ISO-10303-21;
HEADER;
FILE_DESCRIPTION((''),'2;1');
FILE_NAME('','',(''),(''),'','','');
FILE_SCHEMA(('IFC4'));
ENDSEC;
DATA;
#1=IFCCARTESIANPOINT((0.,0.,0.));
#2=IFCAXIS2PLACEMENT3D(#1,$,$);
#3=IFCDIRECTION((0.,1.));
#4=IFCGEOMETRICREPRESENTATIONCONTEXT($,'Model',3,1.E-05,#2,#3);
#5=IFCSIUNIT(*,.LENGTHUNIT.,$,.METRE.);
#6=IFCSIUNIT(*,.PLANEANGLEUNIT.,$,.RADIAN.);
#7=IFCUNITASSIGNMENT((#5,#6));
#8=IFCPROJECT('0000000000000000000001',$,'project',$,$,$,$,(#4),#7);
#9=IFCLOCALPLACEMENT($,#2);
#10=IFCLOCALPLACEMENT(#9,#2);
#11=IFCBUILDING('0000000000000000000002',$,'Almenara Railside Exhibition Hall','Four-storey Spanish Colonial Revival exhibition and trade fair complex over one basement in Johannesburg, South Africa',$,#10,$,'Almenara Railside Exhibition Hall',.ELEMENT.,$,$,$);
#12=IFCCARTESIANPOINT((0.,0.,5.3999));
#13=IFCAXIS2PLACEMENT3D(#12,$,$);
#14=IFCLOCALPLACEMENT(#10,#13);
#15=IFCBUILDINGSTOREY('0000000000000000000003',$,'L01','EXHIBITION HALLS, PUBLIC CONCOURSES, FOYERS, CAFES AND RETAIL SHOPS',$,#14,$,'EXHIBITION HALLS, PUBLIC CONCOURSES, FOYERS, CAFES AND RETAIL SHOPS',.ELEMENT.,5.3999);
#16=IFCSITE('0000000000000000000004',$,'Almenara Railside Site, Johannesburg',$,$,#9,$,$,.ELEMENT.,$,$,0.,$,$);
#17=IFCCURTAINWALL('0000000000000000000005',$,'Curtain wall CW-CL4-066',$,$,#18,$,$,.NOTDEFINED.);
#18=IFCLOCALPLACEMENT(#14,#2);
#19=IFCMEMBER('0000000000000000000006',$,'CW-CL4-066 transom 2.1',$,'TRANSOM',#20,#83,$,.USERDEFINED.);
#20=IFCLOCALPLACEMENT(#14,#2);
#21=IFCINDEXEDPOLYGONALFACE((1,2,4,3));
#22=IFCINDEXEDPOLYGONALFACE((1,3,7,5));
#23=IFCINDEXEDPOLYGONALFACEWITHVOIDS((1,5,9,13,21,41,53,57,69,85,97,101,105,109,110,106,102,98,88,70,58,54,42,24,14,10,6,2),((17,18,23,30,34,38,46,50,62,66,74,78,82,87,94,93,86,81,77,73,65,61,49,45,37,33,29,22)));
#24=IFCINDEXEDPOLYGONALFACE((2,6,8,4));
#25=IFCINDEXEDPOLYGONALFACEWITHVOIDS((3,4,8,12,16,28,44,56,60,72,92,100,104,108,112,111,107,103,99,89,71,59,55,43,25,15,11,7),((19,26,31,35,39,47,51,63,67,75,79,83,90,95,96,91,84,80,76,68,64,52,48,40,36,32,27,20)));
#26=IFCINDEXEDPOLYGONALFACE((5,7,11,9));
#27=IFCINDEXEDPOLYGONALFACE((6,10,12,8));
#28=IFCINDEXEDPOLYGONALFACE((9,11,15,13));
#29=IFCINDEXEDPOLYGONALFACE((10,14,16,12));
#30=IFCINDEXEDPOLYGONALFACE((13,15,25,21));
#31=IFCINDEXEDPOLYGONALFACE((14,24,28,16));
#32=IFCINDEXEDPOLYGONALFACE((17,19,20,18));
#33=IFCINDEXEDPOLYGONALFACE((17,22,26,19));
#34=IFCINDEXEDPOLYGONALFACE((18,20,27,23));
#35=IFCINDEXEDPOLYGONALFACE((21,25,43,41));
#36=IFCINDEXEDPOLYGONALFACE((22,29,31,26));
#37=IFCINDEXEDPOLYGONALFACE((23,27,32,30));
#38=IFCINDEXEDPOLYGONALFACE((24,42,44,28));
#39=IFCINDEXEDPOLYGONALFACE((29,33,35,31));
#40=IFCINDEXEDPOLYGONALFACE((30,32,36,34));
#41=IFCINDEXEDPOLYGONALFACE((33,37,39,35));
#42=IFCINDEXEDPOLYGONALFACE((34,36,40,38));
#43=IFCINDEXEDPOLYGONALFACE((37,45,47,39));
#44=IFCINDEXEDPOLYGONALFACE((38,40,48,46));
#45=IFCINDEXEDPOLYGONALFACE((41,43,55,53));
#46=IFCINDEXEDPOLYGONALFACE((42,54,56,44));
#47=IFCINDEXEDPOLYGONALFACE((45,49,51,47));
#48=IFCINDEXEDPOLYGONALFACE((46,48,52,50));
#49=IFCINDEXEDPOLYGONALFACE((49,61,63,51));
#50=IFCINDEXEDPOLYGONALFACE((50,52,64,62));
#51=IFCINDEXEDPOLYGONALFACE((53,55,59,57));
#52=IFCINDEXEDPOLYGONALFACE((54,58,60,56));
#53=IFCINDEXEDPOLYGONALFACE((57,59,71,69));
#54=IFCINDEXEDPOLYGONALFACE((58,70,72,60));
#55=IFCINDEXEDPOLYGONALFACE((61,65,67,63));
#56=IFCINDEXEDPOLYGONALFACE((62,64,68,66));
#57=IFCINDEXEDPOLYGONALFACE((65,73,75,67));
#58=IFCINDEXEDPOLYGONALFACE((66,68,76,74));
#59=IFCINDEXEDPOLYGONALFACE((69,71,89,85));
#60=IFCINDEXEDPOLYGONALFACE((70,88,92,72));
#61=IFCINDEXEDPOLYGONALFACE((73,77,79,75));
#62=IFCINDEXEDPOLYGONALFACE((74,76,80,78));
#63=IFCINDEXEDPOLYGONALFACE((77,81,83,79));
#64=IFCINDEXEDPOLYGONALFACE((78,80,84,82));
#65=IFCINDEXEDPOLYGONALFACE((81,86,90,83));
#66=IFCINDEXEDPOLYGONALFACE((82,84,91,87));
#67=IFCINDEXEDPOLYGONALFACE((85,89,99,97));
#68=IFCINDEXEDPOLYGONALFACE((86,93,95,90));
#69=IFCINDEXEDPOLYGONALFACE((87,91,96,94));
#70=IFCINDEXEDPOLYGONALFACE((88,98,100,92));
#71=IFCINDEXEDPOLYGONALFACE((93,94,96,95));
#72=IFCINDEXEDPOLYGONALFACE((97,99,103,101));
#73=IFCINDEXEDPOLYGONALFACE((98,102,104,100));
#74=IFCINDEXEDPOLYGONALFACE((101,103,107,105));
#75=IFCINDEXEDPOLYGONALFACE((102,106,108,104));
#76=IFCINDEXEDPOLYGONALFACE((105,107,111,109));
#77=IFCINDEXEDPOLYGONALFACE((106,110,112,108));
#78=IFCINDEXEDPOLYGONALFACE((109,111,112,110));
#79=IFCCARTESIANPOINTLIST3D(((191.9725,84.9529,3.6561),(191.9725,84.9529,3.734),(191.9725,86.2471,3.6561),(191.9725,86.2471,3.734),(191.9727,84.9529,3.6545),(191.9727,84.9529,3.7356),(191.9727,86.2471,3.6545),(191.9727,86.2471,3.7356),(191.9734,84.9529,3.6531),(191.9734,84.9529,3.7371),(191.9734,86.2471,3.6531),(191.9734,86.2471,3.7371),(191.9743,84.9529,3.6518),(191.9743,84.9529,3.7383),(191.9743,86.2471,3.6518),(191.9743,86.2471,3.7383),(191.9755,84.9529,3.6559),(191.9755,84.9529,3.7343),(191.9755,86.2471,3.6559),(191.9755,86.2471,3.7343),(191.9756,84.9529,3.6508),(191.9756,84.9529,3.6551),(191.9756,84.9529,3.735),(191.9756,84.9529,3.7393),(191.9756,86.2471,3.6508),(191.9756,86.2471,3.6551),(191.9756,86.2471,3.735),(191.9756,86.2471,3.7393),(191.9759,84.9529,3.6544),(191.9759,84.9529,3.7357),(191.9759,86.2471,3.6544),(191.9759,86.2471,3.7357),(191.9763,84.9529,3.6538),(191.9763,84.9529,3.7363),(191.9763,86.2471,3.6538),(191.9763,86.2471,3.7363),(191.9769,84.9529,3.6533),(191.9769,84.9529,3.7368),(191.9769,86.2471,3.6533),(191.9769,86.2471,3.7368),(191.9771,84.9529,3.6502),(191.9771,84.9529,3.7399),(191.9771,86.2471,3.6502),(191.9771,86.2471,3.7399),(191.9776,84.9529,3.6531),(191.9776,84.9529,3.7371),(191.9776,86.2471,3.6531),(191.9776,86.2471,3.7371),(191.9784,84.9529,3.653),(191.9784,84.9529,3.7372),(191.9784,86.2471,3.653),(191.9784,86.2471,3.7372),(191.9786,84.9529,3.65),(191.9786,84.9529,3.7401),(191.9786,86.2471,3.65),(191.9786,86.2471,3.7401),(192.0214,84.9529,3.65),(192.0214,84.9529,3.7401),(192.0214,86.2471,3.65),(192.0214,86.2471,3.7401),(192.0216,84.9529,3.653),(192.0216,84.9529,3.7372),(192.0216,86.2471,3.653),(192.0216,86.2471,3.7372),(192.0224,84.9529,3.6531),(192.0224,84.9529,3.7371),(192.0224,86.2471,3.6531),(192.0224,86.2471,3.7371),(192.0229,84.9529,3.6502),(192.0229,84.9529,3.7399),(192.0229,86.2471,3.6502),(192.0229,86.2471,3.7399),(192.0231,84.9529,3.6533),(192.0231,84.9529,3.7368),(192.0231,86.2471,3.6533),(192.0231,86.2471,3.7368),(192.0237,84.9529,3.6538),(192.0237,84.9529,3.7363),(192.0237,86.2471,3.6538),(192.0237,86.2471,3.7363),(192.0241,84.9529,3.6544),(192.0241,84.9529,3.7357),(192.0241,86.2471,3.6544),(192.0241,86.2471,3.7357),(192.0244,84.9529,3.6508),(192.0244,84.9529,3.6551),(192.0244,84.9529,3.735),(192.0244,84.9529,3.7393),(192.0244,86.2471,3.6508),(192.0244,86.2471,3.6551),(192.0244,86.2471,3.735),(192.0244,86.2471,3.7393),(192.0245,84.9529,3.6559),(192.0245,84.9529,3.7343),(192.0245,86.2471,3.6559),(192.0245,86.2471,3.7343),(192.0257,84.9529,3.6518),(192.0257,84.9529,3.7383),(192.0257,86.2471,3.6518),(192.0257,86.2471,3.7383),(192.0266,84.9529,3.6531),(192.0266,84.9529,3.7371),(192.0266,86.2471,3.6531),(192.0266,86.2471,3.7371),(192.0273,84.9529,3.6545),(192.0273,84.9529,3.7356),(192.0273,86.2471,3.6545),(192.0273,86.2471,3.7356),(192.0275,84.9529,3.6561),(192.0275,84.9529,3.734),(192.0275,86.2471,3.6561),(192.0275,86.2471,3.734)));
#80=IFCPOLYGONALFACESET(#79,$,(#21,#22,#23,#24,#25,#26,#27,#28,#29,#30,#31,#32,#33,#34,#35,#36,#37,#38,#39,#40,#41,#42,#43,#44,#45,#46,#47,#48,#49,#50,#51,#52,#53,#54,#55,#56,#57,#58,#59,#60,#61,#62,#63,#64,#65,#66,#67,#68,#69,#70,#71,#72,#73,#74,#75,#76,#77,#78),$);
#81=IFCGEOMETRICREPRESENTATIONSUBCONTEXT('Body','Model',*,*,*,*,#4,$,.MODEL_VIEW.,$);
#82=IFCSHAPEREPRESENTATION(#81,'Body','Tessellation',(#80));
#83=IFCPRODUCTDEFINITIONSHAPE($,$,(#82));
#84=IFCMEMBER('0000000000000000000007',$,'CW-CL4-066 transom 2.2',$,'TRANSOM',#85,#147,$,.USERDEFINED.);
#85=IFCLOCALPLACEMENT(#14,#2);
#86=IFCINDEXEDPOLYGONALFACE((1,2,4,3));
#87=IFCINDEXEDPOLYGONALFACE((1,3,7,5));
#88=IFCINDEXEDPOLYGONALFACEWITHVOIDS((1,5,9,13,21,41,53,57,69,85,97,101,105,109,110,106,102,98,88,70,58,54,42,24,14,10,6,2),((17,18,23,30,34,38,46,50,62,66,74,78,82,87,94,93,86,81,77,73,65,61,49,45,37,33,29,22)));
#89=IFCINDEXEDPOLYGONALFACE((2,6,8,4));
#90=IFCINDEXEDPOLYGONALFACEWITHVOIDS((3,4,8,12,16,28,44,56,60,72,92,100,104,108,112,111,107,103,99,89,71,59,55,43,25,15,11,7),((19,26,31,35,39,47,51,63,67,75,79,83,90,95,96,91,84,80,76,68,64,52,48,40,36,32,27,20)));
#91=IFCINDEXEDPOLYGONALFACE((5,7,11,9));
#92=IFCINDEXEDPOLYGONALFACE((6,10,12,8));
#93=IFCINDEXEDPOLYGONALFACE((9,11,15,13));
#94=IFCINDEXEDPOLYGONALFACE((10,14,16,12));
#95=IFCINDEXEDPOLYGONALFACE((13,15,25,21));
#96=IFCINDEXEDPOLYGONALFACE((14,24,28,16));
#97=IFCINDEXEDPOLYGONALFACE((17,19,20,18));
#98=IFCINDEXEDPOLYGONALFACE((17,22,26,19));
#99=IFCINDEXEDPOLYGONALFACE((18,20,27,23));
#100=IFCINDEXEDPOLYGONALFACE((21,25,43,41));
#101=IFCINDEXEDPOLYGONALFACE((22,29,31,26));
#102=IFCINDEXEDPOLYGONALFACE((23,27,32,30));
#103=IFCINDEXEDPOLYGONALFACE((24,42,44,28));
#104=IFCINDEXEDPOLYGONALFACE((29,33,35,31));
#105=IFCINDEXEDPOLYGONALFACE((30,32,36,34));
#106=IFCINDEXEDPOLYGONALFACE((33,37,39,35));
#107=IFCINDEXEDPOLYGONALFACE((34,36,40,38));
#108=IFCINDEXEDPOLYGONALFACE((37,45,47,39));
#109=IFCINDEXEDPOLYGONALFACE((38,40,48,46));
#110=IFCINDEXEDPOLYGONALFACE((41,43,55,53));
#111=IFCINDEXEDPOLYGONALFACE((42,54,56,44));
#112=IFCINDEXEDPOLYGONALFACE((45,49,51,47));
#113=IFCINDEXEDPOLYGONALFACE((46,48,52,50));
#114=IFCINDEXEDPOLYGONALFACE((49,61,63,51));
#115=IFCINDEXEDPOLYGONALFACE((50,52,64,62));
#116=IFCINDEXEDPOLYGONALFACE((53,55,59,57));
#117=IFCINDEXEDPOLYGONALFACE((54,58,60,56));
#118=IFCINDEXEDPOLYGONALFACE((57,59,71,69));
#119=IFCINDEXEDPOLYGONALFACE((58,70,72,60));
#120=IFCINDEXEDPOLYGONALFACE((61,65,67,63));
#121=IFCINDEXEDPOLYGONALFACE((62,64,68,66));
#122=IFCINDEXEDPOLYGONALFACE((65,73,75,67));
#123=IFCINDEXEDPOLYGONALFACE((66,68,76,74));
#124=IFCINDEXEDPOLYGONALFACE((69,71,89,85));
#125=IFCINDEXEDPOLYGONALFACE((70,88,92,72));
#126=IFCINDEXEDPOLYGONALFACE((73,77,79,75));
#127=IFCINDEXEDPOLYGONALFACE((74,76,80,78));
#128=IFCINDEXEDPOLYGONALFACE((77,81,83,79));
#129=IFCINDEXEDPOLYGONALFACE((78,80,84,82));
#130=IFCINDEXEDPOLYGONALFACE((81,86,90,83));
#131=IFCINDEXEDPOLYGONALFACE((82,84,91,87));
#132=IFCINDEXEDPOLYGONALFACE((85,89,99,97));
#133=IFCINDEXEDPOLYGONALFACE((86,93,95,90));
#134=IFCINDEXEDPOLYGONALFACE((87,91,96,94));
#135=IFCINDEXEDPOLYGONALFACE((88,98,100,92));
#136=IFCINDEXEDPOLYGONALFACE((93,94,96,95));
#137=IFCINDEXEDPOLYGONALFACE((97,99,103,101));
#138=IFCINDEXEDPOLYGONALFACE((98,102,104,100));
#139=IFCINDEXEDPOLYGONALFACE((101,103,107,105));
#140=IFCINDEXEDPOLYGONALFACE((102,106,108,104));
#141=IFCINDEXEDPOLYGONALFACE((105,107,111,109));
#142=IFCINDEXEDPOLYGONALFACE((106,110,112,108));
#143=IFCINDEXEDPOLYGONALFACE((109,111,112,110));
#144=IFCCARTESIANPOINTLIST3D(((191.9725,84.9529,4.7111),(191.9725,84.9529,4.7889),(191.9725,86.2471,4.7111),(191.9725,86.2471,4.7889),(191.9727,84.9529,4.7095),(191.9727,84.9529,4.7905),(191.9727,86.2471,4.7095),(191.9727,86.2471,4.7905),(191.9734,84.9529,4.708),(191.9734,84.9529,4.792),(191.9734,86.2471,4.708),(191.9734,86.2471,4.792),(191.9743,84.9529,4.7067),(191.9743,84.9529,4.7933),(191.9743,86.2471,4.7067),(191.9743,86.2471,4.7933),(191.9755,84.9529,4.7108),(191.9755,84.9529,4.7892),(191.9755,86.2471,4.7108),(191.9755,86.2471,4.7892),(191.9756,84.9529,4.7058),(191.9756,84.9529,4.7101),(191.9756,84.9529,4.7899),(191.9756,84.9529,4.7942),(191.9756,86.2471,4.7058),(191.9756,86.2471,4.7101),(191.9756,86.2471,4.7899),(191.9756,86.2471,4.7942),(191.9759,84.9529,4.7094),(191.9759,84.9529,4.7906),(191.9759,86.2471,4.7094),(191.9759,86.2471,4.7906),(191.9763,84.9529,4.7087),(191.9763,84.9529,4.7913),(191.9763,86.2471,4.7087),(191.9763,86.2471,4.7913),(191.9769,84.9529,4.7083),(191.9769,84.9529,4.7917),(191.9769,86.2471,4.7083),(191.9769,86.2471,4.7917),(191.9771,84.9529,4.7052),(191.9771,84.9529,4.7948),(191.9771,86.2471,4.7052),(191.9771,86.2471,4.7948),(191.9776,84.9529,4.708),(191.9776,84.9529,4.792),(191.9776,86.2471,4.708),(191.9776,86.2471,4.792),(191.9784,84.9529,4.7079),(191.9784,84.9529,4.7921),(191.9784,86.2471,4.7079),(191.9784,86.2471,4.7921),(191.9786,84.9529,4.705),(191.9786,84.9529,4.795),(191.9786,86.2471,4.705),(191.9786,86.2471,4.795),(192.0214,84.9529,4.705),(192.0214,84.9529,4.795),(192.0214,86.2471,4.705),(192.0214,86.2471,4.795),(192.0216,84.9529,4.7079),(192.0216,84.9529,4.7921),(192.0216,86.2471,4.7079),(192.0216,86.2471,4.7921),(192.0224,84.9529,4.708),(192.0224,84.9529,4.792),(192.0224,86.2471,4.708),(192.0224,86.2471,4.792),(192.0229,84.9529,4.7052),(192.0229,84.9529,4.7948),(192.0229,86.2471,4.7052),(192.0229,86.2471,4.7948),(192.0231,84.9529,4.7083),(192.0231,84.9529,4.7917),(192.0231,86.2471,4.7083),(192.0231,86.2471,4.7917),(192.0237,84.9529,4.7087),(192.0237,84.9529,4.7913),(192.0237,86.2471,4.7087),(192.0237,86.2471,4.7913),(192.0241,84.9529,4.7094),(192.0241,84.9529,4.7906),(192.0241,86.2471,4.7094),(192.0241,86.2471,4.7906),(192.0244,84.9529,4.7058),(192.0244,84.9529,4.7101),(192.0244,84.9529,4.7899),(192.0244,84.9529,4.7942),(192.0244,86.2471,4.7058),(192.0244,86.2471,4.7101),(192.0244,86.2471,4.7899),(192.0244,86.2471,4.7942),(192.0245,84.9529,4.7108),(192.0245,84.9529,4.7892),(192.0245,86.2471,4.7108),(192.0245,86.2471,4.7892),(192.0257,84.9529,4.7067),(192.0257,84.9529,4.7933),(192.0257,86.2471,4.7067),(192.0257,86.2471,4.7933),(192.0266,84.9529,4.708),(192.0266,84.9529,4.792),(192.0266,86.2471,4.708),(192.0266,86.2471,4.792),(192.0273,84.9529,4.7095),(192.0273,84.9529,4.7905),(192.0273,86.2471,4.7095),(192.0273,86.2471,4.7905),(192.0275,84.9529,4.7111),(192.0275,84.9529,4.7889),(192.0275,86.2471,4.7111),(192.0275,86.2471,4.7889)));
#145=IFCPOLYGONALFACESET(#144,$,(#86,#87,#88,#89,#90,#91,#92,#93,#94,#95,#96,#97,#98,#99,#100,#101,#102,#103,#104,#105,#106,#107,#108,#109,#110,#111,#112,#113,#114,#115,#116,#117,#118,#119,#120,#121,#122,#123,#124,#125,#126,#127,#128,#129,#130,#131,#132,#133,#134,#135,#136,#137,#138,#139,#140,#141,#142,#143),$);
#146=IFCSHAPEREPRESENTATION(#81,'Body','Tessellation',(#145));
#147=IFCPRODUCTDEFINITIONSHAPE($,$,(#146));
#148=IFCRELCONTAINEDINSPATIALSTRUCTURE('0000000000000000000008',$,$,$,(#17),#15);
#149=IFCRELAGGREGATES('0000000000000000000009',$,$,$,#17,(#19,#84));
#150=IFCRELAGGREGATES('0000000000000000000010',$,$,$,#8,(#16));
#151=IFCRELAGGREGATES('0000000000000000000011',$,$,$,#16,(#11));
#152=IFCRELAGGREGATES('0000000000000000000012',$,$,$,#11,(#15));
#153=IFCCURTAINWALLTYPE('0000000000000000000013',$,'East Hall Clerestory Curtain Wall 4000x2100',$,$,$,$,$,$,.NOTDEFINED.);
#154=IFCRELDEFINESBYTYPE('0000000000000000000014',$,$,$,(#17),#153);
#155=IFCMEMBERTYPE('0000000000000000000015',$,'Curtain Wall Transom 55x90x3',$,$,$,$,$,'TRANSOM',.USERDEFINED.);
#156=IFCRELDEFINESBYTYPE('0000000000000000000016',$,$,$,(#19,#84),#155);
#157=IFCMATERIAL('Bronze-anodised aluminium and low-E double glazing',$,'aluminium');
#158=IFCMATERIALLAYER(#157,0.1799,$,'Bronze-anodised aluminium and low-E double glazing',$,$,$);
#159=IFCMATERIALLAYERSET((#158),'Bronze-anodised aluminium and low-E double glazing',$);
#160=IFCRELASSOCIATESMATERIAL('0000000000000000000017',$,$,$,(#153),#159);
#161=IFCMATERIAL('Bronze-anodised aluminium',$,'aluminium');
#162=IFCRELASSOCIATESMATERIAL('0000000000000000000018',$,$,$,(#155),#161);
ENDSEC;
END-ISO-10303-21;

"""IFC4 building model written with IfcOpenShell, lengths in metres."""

from ifc_helpers import new_model, si_unit, direction, frame, origin, origin_2d, place, context, subcontext, project, spatial, hollow_rectangle, extrude, material, layer, layer_set, material_profile, profile_set, type_object, element, aggregate, save


model = new_model("IFC4")

# Units and contexts
model_context = context("Model", 3, precision=1e-05, world=origin(), true_north=direction((0.0, 1.0)))
body_context = subcontext(model_context, "Body", "Model", "MODEL_VIEW")
ifc_project = project(units=[si_unit("LENGTHUNIT", "METRE"), si_unit("PLANEANGLEUNIT", "RADIAN")], contexts=[model_context])

# Site, building, storey
site_placement = place(None, origin())
site = spatial("IfcSite", under=ifc_project, at=site_placement, Name="Almenara Railside Site, Johannesburg", CompositionType="ELEMENT", RefElevation=0.0)
building_placement = place(site_placement, origin())
building = spatial("IfcBuilding", under=site, at=building_placement, Name="Almenara Railside Exhibition Hall", Description="Four-storey Spanish Colonial Revival exhibition and trade fair complex over one basement in Johannesburg, South Africa", LongName="Almenara Railside Exhibition Hall", CompositionType="ELEMENT")
storey_placement = place(building_placement, frame((0.0, 0.0, 5.3999)))
storey = spatial("IfcBuildingStorey", under=building, at=storey_placement, Name="L01", Description="EXHIBITION HALLS, PUBLIC CONCOURSES, FOYERS, CAFES AND RETAIL SHOPS", LongName="EXHIBITION HALLS, PUBLIC CONCOURSES, FOYERS, CAFES AND RETAIL SHOPS", CompositionType="ELEMENT", Elevation=5.3999)

# Curtain wall, members
ifc_material_1 = material(Name="Bronze-anodised aluminium and low-E double glazing", Category="aluminium")
ifc_layer_1 = layer(ifc_material_1, 0.1799, Name="Bronze-anodised aluminium and low-E double glazing")
ifc_layer_set_1 = layer_set([ifc_layer_1], Name="Bronze-anodised aluminium and low-E double glazing")
curtain_wall_type = type_object("IfcCurtainWallType", Name="East Hall Clerestory Curtain Wall 4000x2100", PredefinedType="NOTDEFINED", material=ifc_layer_set_1)
curtain_wall_placement = place(storey_placement, origin())
curtain_wall = element("IfcCurtainWall", 1, at=curtain_wall_placement, inside=storey, type_object=curtain_wall_type, Name="Curtain wall CW-CL4-066", PredefinedType="NOTDEFINED")
ifc_material_2 = material(Name="Bronze-anodised aluminium", Category="aluminium")
ifc_material_profile_1 = material_profile(ifc_material_2, hollow_rectangle(XDim=0.0549, YDim=0.0901, WallThickness=0.0029, InnerFilletRadius=0.0029, OuterFilletRadius=0.0061, at=origin_2d()), Name="ALU-TRN 55x90x3")
ifc_profile_set_1 = profile_set([ifc_material_profile_1], Name="Bronze-anodised aluminium")
member_type_1 = type_object("IfcMemberType", Name="Curtain Wall Transom 55x90x3", ElementType="TRANSOM", PredefinedType="USERDEFINED", material=ifc_profile_set_1)
member_1_placement = place(storey_placement, frame((192.0, 84.9529, 3.6951), z_axis=(0.0, 1.0, 0.0), x_axis=(-1.0, 0.0, 0.0)))
member_1 = element("IfcMember", 2, at=member_1_placement, type_object=member_type_1, Name="CW-CL4-066 transom 2.1", ObjectType="TRANSOM", PredefinedType="USERDEFINED", context=body_context, shape_type="SweptSolid", body=[
    extrude(hollow_rectangle(XDim=0.0549, YDim=0.0901, WallThickness=0.0029, InnerFilletRadius=0.0029, OuterFilletRadius=0.0061, at=origin_2d()), origin(), (0.0, 0.0, 1.0), 1.2942),
])
member_2_placement = place(storey_placement, frame((192.0, 84.9529, 4.75), z_axis=(0.0, 1.0, 0.0), x_axis=(-1.0, 0.0, 0.0)))
member_2 = element("IfcMember", 3, at=member_2_placement, type_object=member_type_1, Name="CW-CL4-066 transom 2.2", ObjectType="TRANSOM", PredefinedType="USERDEFINED", context=body_context, shape_type="SweptSolid", body=[
    extrude(hollow_rectangle(XDim=0.0549, YDim=0.0901, WallThickness=0.0029, InnerFilletRadius=0.0029, OuterFilletRadius=0.0061, at=origin_2d()), origin(), (0.0, 0.0, 1.0), 1.2942),
])
aggregate(curtain_wall, [member_1, member_2])

save(model, "model.ifc")
